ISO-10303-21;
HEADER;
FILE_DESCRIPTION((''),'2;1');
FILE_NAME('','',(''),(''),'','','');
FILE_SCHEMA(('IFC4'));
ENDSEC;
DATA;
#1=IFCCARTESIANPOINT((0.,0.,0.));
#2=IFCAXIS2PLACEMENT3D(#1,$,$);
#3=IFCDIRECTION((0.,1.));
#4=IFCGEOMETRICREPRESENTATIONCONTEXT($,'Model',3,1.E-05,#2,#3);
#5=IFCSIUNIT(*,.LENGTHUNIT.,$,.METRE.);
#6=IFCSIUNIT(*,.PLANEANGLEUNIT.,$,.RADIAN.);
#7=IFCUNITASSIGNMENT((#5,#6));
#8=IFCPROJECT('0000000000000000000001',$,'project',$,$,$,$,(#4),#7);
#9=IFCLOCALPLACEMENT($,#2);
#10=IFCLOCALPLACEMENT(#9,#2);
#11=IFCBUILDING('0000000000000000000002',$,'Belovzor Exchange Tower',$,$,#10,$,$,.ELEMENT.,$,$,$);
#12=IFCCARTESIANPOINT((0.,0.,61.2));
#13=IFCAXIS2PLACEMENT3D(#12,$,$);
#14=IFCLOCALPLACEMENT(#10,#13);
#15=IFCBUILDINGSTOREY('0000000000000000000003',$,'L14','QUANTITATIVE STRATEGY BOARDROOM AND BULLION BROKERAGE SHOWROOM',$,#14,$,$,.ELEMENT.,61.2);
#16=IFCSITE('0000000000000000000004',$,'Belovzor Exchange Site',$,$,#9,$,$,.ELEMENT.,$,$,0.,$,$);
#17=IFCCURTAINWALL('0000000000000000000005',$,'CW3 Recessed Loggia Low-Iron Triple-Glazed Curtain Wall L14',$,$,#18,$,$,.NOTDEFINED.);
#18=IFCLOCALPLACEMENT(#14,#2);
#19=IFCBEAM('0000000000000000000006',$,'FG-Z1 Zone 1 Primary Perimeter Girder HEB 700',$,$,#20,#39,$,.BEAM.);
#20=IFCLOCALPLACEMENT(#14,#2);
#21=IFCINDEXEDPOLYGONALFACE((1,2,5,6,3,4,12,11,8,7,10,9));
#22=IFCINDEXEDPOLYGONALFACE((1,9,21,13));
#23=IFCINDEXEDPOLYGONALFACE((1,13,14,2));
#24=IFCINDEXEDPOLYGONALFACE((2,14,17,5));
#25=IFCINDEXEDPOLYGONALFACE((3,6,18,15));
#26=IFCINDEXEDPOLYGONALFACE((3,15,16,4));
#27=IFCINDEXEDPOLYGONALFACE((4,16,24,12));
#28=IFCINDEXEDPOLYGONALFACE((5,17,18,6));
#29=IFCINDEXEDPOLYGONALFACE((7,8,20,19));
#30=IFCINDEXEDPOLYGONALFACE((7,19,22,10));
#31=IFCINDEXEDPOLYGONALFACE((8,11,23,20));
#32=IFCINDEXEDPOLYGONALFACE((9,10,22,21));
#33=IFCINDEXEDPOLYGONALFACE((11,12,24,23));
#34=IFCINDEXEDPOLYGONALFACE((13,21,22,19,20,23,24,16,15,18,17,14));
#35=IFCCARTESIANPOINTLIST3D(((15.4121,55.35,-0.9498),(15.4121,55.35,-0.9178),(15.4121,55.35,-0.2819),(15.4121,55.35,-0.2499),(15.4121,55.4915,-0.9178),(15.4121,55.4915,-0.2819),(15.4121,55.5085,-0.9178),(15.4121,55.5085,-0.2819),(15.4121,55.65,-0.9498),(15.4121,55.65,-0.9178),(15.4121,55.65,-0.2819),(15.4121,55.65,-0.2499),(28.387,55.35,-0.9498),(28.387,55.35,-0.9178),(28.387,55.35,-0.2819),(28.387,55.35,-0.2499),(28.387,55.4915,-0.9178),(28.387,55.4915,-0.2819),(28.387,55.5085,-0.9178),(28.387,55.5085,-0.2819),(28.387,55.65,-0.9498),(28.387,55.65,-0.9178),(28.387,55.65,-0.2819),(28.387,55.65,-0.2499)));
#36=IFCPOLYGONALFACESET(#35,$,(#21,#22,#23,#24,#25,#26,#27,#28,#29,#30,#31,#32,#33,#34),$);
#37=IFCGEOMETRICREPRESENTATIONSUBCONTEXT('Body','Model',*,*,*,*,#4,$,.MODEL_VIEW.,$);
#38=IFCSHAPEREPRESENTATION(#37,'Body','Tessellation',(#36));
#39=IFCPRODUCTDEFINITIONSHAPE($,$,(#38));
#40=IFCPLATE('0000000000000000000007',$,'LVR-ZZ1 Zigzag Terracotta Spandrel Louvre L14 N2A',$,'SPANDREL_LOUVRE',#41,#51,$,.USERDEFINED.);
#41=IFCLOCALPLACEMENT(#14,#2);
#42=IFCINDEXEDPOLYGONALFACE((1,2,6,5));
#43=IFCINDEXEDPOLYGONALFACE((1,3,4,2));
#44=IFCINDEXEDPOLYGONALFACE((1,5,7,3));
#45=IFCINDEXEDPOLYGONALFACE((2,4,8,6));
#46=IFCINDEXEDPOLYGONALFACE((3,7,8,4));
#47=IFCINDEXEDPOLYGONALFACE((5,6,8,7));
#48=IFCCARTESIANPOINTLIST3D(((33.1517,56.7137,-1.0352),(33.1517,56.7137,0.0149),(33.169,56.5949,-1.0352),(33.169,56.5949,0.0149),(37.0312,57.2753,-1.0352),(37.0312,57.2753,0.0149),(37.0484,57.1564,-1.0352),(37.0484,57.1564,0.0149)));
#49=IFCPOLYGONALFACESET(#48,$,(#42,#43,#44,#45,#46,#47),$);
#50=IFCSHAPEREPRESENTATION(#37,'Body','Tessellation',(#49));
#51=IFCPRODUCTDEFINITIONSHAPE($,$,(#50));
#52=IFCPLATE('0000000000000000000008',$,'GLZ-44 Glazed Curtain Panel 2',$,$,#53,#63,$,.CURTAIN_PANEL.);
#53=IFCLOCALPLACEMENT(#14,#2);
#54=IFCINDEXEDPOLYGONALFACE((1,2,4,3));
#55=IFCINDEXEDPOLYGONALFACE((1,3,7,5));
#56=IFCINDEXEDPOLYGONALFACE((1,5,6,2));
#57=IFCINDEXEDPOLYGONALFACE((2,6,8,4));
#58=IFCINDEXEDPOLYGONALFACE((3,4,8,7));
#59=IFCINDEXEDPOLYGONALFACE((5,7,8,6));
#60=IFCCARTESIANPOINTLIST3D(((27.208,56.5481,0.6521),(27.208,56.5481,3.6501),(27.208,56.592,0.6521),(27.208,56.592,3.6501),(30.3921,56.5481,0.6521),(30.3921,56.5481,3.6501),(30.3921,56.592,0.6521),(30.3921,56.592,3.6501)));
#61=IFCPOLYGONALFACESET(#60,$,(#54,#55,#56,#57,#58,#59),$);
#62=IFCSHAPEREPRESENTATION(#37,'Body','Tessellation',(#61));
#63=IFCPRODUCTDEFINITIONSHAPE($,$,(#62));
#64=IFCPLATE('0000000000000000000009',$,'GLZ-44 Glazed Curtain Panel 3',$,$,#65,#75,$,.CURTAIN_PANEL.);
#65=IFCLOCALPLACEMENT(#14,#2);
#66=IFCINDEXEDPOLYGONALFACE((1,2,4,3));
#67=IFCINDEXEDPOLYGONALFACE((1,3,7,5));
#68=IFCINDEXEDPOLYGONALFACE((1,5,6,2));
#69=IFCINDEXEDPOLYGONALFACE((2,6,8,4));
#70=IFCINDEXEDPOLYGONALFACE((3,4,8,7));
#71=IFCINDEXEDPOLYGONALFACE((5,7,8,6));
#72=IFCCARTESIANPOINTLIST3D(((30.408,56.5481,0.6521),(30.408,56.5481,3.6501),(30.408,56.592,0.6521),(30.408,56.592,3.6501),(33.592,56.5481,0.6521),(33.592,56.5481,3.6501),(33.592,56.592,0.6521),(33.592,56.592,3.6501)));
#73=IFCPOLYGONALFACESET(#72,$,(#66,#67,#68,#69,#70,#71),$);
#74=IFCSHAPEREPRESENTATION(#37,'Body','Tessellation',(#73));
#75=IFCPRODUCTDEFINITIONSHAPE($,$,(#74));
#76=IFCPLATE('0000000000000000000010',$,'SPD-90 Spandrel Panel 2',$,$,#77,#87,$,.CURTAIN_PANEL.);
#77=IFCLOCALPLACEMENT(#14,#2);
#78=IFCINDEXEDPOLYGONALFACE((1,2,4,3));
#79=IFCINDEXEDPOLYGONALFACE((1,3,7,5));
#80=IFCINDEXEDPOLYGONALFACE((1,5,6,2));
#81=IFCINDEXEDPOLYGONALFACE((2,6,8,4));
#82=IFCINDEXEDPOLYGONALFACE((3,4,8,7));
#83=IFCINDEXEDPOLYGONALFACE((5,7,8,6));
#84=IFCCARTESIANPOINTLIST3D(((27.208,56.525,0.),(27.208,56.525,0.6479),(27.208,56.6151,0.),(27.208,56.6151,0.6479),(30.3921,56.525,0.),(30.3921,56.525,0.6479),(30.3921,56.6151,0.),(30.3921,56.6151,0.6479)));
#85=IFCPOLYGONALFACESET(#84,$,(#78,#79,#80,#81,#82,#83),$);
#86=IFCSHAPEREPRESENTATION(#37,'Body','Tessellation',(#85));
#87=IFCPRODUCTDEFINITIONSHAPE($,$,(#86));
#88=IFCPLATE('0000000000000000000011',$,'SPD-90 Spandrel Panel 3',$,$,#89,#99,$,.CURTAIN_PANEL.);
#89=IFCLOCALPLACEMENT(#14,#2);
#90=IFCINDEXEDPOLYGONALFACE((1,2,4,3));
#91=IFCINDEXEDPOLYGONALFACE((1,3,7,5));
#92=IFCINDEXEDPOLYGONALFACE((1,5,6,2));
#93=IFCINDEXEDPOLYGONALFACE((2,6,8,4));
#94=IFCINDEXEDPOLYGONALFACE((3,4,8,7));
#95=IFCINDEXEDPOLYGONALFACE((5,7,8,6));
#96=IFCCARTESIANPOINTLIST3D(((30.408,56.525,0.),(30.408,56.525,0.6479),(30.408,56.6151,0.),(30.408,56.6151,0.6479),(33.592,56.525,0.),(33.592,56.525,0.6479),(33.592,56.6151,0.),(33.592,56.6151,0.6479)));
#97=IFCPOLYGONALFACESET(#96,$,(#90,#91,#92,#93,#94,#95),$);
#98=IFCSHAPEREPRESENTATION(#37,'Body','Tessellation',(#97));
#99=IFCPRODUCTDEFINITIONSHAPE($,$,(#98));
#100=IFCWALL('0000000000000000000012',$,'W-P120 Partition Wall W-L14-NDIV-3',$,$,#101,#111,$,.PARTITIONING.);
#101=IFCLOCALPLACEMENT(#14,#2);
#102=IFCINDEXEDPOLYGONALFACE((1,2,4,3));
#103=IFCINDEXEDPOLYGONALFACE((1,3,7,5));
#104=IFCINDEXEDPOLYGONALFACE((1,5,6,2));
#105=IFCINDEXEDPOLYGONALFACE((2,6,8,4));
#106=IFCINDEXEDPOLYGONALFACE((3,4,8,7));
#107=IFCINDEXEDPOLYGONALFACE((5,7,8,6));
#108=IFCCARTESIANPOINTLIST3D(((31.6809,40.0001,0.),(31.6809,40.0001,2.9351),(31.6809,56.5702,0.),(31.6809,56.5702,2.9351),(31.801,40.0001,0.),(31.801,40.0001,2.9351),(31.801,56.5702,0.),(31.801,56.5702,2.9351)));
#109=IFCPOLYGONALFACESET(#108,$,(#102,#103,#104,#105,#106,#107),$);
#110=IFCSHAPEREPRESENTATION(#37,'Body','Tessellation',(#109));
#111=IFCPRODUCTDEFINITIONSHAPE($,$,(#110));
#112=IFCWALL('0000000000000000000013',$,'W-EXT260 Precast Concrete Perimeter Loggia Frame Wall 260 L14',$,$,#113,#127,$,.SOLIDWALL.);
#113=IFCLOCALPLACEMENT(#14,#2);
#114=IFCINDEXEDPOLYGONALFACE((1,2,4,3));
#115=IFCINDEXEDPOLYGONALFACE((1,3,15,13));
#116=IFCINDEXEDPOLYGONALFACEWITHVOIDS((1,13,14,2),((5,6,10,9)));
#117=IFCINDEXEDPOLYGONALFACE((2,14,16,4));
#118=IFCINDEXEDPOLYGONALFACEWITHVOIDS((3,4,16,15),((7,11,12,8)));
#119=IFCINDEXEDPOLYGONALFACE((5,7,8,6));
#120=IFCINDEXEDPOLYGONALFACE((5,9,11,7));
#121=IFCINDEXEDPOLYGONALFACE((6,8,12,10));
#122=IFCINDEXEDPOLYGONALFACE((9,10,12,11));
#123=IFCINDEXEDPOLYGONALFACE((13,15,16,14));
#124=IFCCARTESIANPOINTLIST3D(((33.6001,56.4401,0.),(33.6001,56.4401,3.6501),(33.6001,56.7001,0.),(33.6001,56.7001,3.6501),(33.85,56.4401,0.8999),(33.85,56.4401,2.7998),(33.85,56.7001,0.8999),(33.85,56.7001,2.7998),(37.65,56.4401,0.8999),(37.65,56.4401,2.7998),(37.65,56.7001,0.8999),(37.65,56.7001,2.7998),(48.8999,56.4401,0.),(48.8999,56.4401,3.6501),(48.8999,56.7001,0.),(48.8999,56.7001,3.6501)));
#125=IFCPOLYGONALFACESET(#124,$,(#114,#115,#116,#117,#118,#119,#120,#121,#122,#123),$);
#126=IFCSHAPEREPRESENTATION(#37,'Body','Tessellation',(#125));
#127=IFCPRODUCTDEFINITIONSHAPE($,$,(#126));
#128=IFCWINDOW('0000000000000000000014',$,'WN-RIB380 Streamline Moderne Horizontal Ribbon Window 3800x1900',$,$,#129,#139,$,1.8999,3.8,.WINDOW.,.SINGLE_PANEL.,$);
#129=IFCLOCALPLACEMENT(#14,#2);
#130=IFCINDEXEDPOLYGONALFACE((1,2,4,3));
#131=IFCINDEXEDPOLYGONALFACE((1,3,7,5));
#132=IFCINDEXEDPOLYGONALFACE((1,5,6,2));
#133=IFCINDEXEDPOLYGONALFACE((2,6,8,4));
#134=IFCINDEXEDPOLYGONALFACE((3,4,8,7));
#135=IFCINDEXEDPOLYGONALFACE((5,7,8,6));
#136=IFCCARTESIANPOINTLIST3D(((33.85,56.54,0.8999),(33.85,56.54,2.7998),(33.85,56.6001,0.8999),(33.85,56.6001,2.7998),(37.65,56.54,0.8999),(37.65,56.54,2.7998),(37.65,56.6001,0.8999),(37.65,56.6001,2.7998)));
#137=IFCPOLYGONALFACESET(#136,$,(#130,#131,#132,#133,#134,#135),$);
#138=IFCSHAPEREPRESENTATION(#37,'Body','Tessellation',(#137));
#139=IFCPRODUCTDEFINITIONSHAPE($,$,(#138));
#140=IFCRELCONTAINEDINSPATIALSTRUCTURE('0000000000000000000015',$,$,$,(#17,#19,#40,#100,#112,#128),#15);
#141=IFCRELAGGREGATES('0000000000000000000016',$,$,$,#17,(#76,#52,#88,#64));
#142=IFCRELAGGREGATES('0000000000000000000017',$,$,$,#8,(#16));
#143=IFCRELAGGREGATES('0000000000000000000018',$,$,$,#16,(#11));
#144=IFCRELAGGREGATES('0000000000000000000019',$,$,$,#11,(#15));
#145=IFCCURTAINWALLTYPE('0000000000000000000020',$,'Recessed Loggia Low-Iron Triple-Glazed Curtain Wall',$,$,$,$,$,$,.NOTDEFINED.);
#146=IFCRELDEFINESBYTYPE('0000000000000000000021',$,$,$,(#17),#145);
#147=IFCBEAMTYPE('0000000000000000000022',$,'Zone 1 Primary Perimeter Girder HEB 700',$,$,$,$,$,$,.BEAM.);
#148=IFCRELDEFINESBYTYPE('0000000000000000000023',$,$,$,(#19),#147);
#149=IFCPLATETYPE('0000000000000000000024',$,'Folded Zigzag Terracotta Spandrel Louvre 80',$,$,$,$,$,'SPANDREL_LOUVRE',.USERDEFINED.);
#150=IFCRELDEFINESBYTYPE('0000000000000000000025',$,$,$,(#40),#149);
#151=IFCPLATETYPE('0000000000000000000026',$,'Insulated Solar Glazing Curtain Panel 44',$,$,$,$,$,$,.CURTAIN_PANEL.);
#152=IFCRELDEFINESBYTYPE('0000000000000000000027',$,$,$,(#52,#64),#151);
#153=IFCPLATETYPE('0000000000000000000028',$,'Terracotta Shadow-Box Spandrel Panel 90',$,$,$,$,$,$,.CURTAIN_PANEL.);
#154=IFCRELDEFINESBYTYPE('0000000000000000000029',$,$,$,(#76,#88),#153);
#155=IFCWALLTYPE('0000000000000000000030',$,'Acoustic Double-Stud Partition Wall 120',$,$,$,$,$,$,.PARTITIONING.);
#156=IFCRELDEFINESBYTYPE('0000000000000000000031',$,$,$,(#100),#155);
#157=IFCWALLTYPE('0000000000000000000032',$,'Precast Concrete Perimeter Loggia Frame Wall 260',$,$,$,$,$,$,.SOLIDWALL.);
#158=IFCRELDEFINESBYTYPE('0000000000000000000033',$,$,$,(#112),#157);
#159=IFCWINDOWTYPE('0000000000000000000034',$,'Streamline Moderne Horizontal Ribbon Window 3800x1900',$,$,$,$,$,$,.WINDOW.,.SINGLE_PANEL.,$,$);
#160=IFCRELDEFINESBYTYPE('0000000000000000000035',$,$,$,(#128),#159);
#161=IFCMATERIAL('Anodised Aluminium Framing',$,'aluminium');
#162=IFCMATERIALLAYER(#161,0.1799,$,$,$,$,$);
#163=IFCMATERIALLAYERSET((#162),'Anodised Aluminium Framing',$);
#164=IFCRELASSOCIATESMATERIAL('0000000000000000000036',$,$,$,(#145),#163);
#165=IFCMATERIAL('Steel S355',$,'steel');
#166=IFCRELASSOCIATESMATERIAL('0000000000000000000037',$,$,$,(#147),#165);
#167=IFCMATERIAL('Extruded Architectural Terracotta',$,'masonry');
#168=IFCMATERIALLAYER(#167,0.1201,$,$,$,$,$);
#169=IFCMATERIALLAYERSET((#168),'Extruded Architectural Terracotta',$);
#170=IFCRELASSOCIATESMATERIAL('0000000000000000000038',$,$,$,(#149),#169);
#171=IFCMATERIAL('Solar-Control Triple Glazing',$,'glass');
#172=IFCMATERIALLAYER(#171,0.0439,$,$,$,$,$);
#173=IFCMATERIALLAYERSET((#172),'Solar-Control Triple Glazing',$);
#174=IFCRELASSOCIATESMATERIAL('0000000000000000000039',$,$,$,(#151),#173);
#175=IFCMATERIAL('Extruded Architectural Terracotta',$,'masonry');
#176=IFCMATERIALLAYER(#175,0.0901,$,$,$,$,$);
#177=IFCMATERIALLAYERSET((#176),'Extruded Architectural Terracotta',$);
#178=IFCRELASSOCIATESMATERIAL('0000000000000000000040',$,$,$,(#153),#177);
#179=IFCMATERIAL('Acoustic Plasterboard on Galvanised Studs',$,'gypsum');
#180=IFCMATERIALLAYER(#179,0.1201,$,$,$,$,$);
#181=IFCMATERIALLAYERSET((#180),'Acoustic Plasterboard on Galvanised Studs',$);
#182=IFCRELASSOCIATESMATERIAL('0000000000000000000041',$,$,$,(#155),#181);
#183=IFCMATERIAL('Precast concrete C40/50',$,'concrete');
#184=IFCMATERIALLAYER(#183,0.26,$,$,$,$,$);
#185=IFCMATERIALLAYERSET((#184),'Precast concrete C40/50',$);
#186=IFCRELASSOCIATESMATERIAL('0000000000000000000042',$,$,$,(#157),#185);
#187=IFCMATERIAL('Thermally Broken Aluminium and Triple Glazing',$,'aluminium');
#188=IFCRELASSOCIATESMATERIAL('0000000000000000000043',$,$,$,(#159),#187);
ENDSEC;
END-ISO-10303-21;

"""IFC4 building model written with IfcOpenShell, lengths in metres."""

from ifc_helpers import new_model, si_unit, direction, frame, frame_2d, origin, origin_2d, place, context, subcontext, project, spatial, rectangle, i_section, extrude, material, layer, layer_set, material_profile, profile_set, type_object, element, fill, aggregate, save


model = new_model("IFC4")

# Units and contexts
model_context = context("Model", 3, precision=1e-05, world=origin(), true_north=direction((0.0, 1.0)))
body_context = subcontext(model_context, "Body", "Model", "MODEL_VIEW")
ifc_project = project(units=[si_unit("LENGTHUNIT", "METRE"), si_unit("PLANEANGLEUNIT", "RADIAN")], contexts=[model_context])

# Site, building, storey
site_placement = place(None, origin())
site = spatial("IfcSite", under=ifc_project, at=site_placement, Name="Belovzor Exchange Site", CompositionType="ELEMENT", RefElevation=0.0)
building_placement = place(site_placement, origin())
building = spatial("IfcBuilding", under=site, at=building_placement, Name="Belovzor Exchange Tower", CompositionType="ELEMENT")
storey_placement = place(building_placement, frame((0.0, 0.0, 61.2)))
storey = spatial("IfcBuildingStorey", under=building, at=storey_placement, Name="L14", Description="QUANTITATIVE STRATEGY BOARDROOM AND BULLION BROKERAGE SHOWROOM", CompositionType="ELEMENT", Elevation=61.2)

# Curtain wall
ifc_material_1 = material(Name="Anodised Aluminium Framing", Category="aluminium")
ifc_layer_1 = layer(ifc_material_1, 0.1799)
ifc_layer_set_1 = layer_set([ifc_layer_1], Name="Anodised Aluminium Framing")
curtain_wall_type = type_object("IfcCurtainWallType", Name="Recessed Loggia Low-Iron Triple-Glazed Curtain Wall", PredefinedType="NOTDEFINED", material=ifc_layer_set_1)
curtain_wall_placement = place(storey_placement, origin())
curtain_wall = element("IfcCurtainWall", 1, at=curtain_wall_placement, inside=storey, type_object=curtain_wall_type, Name="CW3 Recessed Loggia Low-Iron Triple-Glazed Curtain Wall L14", PredefinedType="NOTDEFINED")

# Beam
ifc_material_2 = material(Name="Steel S355", Category="steel")
ifc_material_profile_1 = material_profile(ifc_material_2, i_section(OverallWidth=0.3, OverallDepth=0.7, WebThickness=0.0171, FlangeThickness=0.032, at=origin_2d()))
ifc_profile_set_1 = profile_set([ifc_material_profile_1], Name="Steel S355")
beam_type_1 = type_object("IfcBeamType", Name="Zone 1 Primary Perimeter Girder HEB 700", PredefinedType="BEAM", material=ifc_profile_set_1)
beam_1_placement = place(storey_placement, frame((28.387, 55.5, -0.5999), z_axis=(-1.0, 0.0, 0.0), x_axis=(0.0, -1.0, 0.0)))
element("IfcBeam", 2, at=beam_1_placement, inside=storey, type_object=beam_type_1, Name="FG-Z1 Zone 1 Primary Perimeter Girder HEB 700", PredefinedType="BEAM", context=body_context, shape_type="SweptSolid", body=[
    extrude(i_section(OverallWidth=0.3, OverallDepth=0.7, WebThickness=0.0171, FlangeThickness=0.032, at=origin_2d()), origin(), (0.0, 0.0, 1.0), 12.9749),
])

# Plates
ifc_material_3 = material(Name="Extruded Architectural Terracotta", Category="masonry")
ifc_layer_2 = layer(ifc_material_3, 0.1201)
ifc_layer_set_2 = layer_set([ifc_layer_2], Name="Extruded Architectural Terracotta")
plate_type_1 = type_object("IfcPlateType", Name="Folded Zigzag Terracotta Spandrel Louvre 80", ElementType="SPANDREL_LOUVRE", PredefinedType="USERDEFINED", material=ifc_layer_set_2)
plate_1_placement = place(storey_placement, frame((35.1001, 56.9351, -1.0352), z_axis=(0.0, 0.0, 1.0), x_axis=(0.989686, 0.143251, 0.0)))
element("IfcPlate", 3, at=plate_1_placement, inside=storey, type_object=plate_type_1, Name="LVR-ZZ1 Zigzag Terracotta Spandrel Louvre L14 N2A", ObjectType="SPANDREL_LOUVRE", PredefinedType="USERDEFINED", context=body_context, shape_type="SweptSolid", body=[
    extrude(rectangle(XDim=3.9199, YDim=0.1201, at=origin_2d()), origin(), (0.0, 0.0, 1.0), 1.05),
])
ifc_material_4 = material(Name="Solar-Control Triple Glazing", Category="glass")
ifc_layer_3 = layer(ifc_material_4, 0.0439)
ifc_layer_set_3 = layer_set([ifc_layer_3], Name="Solar-Control Triple Glazing")
plate_type_2 = type_object("IfcPlateType", Name="Insulated Solar Glazing Curtain Panel 44", PredefinedType="CURTAIN_PANEL", material=ifc_layer_set_3)
plate_2_placement = place(storey_placement, frame((28.8, 56.5701, 0.6521), z_axis=(0.0, 0.0, 1.0), x_axis=(1.0, 0.0, 0.0)))
plate_2 = element("IfcPlate", 4, at=plate_2_placement, type_object=plate_type_2, Name="GLZ-44 Glazed Curtain Panel 2", PredefinedType="CURTAIN_PANEL", context=body_context, shape_type="SweptSolid", body=[
    extrude(rectangle(XDim=3.1841, YDim=0.0439, at=origin_2d()), origin(), (0.0, 0.0, 1.0), 2.998),
])
plate_3_placement = place(storey_placement, frame((32.0, 56.5701, 0.6521), z_axis=(0.0, 0.0, 1.0), x_axis=(1.0, 0.0, 0.0)))
plate_3 = element("IfcPlate", 5, at=plate_3_placement, type_object=plate_type_2, Name="GLZ-44 Glazed Curtain Panel 3", PredefinedType="CURTAIN_PANEL", context=body_context, shape_type="SweptSolid", body=[
    extrude(rectangle(XDim=3.1841, YDim=0.0439, at=origin_2d()), origin(), (0.0, 0.0, 1.0), 2.998),
])
ifc_material_5 = material(Name="Extruded Architectural Terracotta", Category="masonry")
ifc_layer_4 = layer(ifc_material_5, 0.0901)
ifc_layer_set_4 = layer_set([ifc_layer_4], Name="Extruded Architectural Terracotta")
plate_type_3 = type_object("IfcPlateType", Name="Terracotta Shadow-Box Spandrel Panel 90", PredefinedType="CURTAIN_PANEL", material=ifc_layer_set_4)
plate_4_placement = place(storey_placement, frame((28.8, 56.5701, 0.0), z_axis=(0.0, 0.0, 1.0), x_axis=(1.0, 0.0, 0.0)))
plate_4 = element("IfcPlate", 6, at=plate_4_placement, type_object=plate_type_3, Name="SPD-90 Spandrel Panel 2", PredefinedType="CURTAIN_PANEL", context=body_context, shape_type="SweptSolid", body=[
    extrude(rectangle(XDim=3.1841, YDim=0.0901, at=origin_2d()), origin(), (0.0, 0.0, 1.0), 0.6479),
])
plate_5_placement = place(storey_placement, frame((32.0, 56.5701, 0.0), z_axis=(0.0, 0.0, 1.0), x_axis=(1.0, 0.0, 0.0)))
plate_5 = element("IfcPlate", 7, at=plate_5_placement, type_object=plate_type_3, Name="SPD-90 Spandrel Panel 3", PredefinedType="CURTAIN_PANEL", context=body_context, shape_type="SweptSolid", body=[
    extrude(rectangle(XDim=3.1841, YDim=0.0901, at=origin_2d()), origin(), (0.0, 0.0, 1.0), 0.6479),
])
aggregate(curtain_wall, [plate_4, plate_2, plate_5, plate_3])

# Wall
ifc_material_6 = material(Name="Acoustic Plasterboard on Galvanised Studs", Category="gypsum")
ifc_layer_5 = layer(ifc_material_6, 0.1201)
ifc_layer_set_5 = layer_set([ifc_layer_5], Name="Acoustic Plasterboard on Galvanised Studs")
wall_type_1 = type_object("IfcWallType", Name="Acoustic Double-Stud Partition Wall 120", PredefinedType="PARTITIONING", material=ifc_layer_set_5)
wall_1_placement = place(storey_placement, frame((31.741, 40.0, 0.0), z_axis=(0.0, 0.0, 1.0), x_axis=(0.0, 1.0, 0.0)))
element("IfcWall", 8, at=wall_1_placement, inside=storey, type_object=wall_type_1, Name="W-P120 Partition Wall W-L14-NDIV-3", PredefinedType="PARTITIONING", context=body_context, shape_type="SweptSolid", body=[
    extrude(rectangle(XDim=16.5701, YDim=0.1201, at=frame_2d((8.2852, 0.0))), origin(), (0.0, 0.0, 1.0), 2.9351),
])

# Wall, opening, window
ifc_material_7 = material(Name="Precast concrete C40/50", Category="concrete")
ifc_layer_6 = layer(ifc_material_7, 0.26)
ifc_layer_set_6 = layer_set([ifc_layer_6], Name="Precast concrete C40/50")
wall_type_2 = type_object("IfcWallType", Name="Precast Concrete Perimeter Loggia Frame Wall 260", PredefinedType="SOLIDWALL", material=ifc_layer_set_6)
wall_2_placement = place(storey_placement, frame((33.6001, 56.5701, 0.0), z_axis=(0.0, 0.0, 1.0), x_axis=(1.0, 0.0, 0.0)))
wall_2 = element("IfcWall", 9, at=wall_2_placement, inside=storey, type_object=wall_type_2, Name="W-EXT260 Precast Concrete Perimeter Loggia Frame Wall 260 L14", PredefinedType="SOLIDWALL", context=body_context, shape_type="SweptSolid", body=[
    extrude(rectangle(XDim=15.2998, YDim=0.26, at=frame_2d((7.6499, 0.0))), origin(), (0.0, 0.0, 1.0), 3.6501),
])
opening_placement = place(wall_2_placement, frame((0.25, 0.0, 0.8999)))
opening = element("IfcOpeningElement", 10, at=opening_placement, cuts=wall_2, PredefinedType="OPENING", context=body_context, shape_type="SweptSolid", body=[
    extrude(rectangle(XDim=3.8, YDim=1.8999, at=frame_2d((1.8999, 0.95))), frame((0.0, 0.1399, 0.0), z_axis=(0.0, -1.0, 0.0), x_axis=(1.0, 0.0, 0.0)), (0.0, 0.0, 1.0), 0.28),
])
ifc_material_8 = material(Name="Thermally Broken Aluminium and Triple Glazing", Category="aluminium")
window_type = type_object("IfcWindowType", Name="Streamline Moderne Horizontal Ribbon Window 3800x1900", PartitioningType="SINGLE_PANEL", PredefinedType="WINDOW", material=ifc_material_8)
window_placement = place(opening_placement, origin())
window = element("IfcWindow", 11, at=window_placement, inside=storey, type_object=window_type, Name="WN-RIB380 Streamline Moderne Horizontal Ribbon Window 3800x1900", OverallHeight=1.8999, OverallWidth=3.8, PartitioningType="SINGLE_PANEL", PredefinedType="WINDOW", context=body_context, shape_type="SweptSolid", body=[
    extrude(rectangle(XDim=3.8, YDim=1.8999, at=frame_2d((1.8999, 0.95))), frame((0.0, 0.03, 0.0), z_axis=(0.0, -1.0, 0.0), x_axis=(1.0, 0.0, 0.0)), (0.0, 0.0, 1.0), 0.0601),
])
fill(opening, window)

save(model, "model.ifc")
